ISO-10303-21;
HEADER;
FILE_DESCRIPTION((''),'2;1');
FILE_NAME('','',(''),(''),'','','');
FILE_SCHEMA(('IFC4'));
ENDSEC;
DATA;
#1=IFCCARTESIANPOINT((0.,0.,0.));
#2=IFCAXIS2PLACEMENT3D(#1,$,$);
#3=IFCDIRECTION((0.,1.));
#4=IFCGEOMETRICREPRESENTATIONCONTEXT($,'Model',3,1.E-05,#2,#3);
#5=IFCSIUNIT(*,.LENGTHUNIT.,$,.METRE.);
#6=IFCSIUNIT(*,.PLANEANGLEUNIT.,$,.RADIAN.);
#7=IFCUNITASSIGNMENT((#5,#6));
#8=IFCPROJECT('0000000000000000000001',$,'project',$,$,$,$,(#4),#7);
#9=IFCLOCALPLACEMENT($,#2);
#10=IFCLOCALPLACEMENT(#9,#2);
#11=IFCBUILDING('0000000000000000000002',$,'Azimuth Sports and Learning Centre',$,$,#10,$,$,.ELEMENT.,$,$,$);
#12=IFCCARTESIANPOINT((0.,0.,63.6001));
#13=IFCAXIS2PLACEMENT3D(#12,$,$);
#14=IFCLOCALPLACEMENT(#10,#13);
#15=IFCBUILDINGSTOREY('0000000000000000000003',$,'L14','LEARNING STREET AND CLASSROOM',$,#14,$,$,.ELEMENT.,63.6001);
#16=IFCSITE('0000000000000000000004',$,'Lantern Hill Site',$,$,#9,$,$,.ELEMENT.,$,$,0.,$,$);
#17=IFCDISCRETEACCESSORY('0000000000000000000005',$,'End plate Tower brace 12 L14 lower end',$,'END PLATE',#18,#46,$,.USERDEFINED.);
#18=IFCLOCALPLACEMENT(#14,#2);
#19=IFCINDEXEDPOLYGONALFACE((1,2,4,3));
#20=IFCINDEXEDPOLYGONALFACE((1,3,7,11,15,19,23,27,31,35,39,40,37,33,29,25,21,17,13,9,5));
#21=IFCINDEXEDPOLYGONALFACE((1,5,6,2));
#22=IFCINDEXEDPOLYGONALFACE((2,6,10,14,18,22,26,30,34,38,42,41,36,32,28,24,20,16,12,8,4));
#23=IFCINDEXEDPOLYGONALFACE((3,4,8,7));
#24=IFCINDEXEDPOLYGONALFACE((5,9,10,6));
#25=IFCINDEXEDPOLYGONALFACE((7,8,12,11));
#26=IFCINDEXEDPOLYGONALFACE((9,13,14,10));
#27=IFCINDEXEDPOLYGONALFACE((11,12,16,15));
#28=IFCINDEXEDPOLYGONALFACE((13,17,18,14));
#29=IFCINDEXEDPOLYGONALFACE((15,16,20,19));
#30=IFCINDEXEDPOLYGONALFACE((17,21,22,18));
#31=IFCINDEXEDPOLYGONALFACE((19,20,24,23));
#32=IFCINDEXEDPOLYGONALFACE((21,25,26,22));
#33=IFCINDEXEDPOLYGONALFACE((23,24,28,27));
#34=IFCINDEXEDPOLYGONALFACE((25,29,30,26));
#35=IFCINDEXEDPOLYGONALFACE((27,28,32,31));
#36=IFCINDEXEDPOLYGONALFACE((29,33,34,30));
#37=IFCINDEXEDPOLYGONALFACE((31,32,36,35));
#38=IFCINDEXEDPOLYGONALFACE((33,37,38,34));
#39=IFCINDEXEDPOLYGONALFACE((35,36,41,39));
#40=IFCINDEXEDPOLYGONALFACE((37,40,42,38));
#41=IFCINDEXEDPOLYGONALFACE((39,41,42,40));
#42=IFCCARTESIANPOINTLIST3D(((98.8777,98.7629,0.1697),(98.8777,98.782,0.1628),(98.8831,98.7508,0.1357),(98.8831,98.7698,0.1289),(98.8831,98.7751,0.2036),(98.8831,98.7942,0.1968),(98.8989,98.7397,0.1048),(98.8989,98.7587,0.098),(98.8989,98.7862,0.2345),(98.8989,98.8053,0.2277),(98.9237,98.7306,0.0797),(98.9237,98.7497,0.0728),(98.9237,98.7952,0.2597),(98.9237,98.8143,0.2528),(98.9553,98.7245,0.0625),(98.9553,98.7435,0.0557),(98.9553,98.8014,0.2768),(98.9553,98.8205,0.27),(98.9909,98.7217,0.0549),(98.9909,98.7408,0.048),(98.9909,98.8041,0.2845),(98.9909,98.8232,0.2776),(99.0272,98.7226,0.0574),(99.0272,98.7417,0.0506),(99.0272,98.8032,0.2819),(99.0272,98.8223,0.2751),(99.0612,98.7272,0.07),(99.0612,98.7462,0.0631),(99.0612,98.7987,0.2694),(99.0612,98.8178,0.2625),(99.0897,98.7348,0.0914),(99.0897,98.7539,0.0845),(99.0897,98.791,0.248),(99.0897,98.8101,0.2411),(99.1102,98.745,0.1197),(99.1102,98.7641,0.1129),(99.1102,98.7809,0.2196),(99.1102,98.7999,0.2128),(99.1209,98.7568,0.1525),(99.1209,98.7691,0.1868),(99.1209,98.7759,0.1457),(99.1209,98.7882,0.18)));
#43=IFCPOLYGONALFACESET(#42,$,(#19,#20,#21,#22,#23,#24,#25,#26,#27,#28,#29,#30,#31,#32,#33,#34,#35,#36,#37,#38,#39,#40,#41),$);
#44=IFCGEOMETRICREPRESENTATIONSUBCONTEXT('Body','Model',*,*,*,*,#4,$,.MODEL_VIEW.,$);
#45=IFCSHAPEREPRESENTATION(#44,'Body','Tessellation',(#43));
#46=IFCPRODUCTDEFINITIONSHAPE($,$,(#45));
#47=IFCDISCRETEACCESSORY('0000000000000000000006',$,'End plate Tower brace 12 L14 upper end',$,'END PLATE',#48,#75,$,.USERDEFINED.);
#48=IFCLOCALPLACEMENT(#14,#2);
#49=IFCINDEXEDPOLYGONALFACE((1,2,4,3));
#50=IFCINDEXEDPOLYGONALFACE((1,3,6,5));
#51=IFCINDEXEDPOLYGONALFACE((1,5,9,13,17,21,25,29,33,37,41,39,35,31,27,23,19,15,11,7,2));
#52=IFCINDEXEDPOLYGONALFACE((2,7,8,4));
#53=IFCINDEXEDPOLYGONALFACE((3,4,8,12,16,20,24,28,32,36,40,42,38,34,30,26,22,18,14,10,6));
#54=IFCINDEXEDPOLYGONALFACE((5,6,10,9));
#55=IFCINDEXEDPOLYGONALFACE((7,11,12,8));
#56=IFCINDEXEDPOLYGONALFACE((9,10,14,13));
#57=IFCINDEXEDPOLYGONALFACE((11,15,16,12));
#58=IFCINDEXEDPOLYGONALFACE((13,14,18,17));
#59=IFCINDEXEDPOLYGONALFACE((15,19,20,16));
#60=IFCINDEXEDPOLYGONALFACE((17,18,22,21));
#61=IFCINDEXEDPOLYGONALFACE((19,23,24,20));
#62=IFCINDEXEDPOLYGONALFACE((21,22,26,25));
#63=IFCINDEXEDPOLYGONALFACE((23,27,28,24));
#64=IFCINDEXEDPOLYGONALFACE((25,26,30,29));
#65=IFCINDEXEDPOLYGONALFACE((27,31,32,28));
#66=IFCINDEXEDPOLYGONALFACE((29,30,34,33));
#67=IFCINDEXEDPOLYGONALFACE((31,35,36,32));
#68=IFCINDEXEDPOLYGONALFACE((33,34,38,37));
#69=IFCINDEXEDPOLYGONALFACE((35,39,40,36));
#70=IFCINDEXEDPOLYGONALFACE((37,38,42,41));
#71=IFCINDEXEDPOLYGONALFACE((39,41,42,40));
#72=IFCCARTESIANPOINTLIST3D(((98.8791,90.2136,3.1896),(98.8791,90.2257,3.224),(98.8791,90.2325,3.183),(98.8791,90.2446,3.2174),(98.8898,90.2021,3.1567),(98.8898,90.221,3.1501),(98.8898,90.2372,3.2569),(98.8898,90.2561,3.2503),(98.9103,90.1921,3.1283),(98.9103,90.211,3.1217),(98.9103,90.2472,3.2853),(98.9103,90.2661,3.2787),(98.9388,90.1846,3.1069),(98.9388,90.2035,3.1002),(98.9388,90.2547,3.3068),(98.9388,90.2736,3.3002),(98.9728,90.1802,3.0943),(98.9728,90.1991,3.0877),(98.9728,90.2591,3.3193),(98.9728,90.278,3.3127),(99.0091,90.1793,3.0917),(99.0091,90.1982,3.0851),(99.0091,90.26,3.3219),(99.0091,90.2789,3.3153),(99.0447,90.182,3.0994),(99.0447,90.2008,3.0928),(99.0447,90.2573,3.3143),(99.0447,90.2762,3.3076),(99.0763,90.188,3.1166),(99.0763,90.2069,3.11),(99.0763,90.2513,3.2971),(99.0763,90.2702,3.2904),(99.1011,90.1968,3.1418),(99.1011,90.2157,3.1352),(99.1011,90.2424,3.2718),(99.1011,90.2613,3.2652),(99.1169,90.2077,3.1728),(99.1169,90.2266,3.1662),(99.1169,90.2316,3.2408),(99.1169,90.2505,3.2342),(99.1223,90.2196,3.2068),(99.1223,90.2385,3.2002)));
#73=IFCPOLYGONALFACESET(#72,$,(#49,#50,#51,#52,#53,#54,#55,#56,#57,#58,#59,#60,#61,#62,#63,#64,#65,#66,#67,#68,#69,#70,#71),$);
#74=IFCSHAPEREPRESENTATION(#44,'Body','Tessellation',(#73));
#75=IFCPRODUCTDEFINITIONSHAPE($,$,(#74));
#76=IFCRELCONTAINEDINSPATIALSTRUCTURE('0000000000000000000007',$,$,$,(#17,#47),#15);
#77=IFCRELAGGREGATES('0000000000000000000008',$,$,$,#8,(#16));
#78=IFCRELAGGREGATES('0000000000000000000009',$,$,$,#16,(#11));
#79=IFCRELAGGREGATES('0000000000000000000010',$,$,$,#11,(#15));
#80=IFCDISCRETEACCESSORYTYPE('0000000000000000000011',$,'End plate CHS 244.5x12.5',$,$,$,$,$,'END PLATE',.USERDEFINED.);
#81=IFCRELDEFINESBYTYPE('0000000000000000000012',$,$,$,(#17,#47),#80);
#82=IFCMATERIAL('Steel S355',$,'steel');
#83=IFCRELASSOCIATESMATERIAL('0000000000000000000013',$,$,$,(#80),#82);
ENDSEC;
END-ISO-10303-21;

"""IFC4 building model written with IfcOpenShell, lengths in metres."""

from ifc_helpers import new_model, si_unit, direction, frame, origin, origin_2d, place, context, subcontext, project, spatial, circle, extrude, material, material_profile, profile_set, type_object, element, save


model = new_model("IFC4")

# Units and contexts
model_context = context("Model", 3, precision=1e-05, world=origin(), true_north=direction((0.0, 1.0)))
body_context = subcontext(model_context, "Body", "Model", "MODEL_VIEW")
ifc_project = project(units=[si_unit("LENGTHUNIT", "METRE"), si_unit("PLANEANGLEUNIT", "RADIAN")], contexts=[model_context])

# Site, building, storey
site_placement = place(None, origin())
site = spatial("IfcSite", under=ifc_project, at=site_placement, Name="Lantern Hill Site", CompositionType="ELEMENT", RefElevation=0.0)
building_placement = place(site_placement, origin())
building = spatial("IfcBuilding", under=site, at=building_placement, Name="Azimuth Sports and Learning Centre", CompositionType="ELEMENT")
storey_placement = place(building_placement, frame((0.0, 0.0, 63.6001)))
storey = spatial("IfcBuildingStorey", under=building, at=storey_placement, Name="L14", Description="LEARNING STREET AND CLASSROOM", CompositionType="ELEMENT", Elevation=63.6001)

# Discrete accessories
ifc_material_1 = material(Name="Steel S355", Category="steel")
ifc_material_profile_1 = material_profile(ifc_material_1, circle(Radius=0.1223, at=origin_2d()), Name="PL 244 DISC")
ifc_profile_set_1 = profile_set([ifc_material_profile_1], Name="Steel S355")
discrete_accessory_type = type_object("IfcDiscreteAccessoryType", Name="End plate CHS 244.5x12.5", ElementType="END PLATE", PredefinedType="USERDEFINED", material=ifc_profile_set_1)
discrete_accessory_1_placement = place(storey_placement, frame((99.0, 98.7629, 0.1697), z_axis=(0.0, 0.941195, -0.337865), x_axis=(-1.0, 0.0, 0.0)))
element("IfcDiscreteAccessory", 1, at=discrete_accessory_1_placement, inside=storey, type_object=discrete_accessory_type, Name="End plate Tower brace 12 L14 lower end", ObjectType="END PLATE", PredefinedType="USERDEFINED", context=body_context, shape_type="SweptSolid", body=[
    extrude(circle(Radius=0.1223, at=origin_2d()), origin(), (0.0, 0.0, 1.0), 0.0203),
])
discrete_accessory_2_placement = place(storey_placement, frame((99.0, 90.2385, 3.2002), z_axis=(0.0, -0.943667, 0.330896), x_axis=(1.0, 0.0, 0.0)))
element("IfcDiscreteAccessory", 2, at=discrete_accessory_2_placement, inside=storey, type_object=discrete_accessory_type, Name="End plate Tower brace 12 L14 upper end", ObjectType="END PLATE", PredefinedType="USERDEFINED", context=body_context, shape_type="SweptSolid", body=[
    extrude(circle(Radius=0.1223, at=origin_2d()), origin(), (0.0, 0.0, 1.0), 0.02),
])

save(model, "model.ifc")
